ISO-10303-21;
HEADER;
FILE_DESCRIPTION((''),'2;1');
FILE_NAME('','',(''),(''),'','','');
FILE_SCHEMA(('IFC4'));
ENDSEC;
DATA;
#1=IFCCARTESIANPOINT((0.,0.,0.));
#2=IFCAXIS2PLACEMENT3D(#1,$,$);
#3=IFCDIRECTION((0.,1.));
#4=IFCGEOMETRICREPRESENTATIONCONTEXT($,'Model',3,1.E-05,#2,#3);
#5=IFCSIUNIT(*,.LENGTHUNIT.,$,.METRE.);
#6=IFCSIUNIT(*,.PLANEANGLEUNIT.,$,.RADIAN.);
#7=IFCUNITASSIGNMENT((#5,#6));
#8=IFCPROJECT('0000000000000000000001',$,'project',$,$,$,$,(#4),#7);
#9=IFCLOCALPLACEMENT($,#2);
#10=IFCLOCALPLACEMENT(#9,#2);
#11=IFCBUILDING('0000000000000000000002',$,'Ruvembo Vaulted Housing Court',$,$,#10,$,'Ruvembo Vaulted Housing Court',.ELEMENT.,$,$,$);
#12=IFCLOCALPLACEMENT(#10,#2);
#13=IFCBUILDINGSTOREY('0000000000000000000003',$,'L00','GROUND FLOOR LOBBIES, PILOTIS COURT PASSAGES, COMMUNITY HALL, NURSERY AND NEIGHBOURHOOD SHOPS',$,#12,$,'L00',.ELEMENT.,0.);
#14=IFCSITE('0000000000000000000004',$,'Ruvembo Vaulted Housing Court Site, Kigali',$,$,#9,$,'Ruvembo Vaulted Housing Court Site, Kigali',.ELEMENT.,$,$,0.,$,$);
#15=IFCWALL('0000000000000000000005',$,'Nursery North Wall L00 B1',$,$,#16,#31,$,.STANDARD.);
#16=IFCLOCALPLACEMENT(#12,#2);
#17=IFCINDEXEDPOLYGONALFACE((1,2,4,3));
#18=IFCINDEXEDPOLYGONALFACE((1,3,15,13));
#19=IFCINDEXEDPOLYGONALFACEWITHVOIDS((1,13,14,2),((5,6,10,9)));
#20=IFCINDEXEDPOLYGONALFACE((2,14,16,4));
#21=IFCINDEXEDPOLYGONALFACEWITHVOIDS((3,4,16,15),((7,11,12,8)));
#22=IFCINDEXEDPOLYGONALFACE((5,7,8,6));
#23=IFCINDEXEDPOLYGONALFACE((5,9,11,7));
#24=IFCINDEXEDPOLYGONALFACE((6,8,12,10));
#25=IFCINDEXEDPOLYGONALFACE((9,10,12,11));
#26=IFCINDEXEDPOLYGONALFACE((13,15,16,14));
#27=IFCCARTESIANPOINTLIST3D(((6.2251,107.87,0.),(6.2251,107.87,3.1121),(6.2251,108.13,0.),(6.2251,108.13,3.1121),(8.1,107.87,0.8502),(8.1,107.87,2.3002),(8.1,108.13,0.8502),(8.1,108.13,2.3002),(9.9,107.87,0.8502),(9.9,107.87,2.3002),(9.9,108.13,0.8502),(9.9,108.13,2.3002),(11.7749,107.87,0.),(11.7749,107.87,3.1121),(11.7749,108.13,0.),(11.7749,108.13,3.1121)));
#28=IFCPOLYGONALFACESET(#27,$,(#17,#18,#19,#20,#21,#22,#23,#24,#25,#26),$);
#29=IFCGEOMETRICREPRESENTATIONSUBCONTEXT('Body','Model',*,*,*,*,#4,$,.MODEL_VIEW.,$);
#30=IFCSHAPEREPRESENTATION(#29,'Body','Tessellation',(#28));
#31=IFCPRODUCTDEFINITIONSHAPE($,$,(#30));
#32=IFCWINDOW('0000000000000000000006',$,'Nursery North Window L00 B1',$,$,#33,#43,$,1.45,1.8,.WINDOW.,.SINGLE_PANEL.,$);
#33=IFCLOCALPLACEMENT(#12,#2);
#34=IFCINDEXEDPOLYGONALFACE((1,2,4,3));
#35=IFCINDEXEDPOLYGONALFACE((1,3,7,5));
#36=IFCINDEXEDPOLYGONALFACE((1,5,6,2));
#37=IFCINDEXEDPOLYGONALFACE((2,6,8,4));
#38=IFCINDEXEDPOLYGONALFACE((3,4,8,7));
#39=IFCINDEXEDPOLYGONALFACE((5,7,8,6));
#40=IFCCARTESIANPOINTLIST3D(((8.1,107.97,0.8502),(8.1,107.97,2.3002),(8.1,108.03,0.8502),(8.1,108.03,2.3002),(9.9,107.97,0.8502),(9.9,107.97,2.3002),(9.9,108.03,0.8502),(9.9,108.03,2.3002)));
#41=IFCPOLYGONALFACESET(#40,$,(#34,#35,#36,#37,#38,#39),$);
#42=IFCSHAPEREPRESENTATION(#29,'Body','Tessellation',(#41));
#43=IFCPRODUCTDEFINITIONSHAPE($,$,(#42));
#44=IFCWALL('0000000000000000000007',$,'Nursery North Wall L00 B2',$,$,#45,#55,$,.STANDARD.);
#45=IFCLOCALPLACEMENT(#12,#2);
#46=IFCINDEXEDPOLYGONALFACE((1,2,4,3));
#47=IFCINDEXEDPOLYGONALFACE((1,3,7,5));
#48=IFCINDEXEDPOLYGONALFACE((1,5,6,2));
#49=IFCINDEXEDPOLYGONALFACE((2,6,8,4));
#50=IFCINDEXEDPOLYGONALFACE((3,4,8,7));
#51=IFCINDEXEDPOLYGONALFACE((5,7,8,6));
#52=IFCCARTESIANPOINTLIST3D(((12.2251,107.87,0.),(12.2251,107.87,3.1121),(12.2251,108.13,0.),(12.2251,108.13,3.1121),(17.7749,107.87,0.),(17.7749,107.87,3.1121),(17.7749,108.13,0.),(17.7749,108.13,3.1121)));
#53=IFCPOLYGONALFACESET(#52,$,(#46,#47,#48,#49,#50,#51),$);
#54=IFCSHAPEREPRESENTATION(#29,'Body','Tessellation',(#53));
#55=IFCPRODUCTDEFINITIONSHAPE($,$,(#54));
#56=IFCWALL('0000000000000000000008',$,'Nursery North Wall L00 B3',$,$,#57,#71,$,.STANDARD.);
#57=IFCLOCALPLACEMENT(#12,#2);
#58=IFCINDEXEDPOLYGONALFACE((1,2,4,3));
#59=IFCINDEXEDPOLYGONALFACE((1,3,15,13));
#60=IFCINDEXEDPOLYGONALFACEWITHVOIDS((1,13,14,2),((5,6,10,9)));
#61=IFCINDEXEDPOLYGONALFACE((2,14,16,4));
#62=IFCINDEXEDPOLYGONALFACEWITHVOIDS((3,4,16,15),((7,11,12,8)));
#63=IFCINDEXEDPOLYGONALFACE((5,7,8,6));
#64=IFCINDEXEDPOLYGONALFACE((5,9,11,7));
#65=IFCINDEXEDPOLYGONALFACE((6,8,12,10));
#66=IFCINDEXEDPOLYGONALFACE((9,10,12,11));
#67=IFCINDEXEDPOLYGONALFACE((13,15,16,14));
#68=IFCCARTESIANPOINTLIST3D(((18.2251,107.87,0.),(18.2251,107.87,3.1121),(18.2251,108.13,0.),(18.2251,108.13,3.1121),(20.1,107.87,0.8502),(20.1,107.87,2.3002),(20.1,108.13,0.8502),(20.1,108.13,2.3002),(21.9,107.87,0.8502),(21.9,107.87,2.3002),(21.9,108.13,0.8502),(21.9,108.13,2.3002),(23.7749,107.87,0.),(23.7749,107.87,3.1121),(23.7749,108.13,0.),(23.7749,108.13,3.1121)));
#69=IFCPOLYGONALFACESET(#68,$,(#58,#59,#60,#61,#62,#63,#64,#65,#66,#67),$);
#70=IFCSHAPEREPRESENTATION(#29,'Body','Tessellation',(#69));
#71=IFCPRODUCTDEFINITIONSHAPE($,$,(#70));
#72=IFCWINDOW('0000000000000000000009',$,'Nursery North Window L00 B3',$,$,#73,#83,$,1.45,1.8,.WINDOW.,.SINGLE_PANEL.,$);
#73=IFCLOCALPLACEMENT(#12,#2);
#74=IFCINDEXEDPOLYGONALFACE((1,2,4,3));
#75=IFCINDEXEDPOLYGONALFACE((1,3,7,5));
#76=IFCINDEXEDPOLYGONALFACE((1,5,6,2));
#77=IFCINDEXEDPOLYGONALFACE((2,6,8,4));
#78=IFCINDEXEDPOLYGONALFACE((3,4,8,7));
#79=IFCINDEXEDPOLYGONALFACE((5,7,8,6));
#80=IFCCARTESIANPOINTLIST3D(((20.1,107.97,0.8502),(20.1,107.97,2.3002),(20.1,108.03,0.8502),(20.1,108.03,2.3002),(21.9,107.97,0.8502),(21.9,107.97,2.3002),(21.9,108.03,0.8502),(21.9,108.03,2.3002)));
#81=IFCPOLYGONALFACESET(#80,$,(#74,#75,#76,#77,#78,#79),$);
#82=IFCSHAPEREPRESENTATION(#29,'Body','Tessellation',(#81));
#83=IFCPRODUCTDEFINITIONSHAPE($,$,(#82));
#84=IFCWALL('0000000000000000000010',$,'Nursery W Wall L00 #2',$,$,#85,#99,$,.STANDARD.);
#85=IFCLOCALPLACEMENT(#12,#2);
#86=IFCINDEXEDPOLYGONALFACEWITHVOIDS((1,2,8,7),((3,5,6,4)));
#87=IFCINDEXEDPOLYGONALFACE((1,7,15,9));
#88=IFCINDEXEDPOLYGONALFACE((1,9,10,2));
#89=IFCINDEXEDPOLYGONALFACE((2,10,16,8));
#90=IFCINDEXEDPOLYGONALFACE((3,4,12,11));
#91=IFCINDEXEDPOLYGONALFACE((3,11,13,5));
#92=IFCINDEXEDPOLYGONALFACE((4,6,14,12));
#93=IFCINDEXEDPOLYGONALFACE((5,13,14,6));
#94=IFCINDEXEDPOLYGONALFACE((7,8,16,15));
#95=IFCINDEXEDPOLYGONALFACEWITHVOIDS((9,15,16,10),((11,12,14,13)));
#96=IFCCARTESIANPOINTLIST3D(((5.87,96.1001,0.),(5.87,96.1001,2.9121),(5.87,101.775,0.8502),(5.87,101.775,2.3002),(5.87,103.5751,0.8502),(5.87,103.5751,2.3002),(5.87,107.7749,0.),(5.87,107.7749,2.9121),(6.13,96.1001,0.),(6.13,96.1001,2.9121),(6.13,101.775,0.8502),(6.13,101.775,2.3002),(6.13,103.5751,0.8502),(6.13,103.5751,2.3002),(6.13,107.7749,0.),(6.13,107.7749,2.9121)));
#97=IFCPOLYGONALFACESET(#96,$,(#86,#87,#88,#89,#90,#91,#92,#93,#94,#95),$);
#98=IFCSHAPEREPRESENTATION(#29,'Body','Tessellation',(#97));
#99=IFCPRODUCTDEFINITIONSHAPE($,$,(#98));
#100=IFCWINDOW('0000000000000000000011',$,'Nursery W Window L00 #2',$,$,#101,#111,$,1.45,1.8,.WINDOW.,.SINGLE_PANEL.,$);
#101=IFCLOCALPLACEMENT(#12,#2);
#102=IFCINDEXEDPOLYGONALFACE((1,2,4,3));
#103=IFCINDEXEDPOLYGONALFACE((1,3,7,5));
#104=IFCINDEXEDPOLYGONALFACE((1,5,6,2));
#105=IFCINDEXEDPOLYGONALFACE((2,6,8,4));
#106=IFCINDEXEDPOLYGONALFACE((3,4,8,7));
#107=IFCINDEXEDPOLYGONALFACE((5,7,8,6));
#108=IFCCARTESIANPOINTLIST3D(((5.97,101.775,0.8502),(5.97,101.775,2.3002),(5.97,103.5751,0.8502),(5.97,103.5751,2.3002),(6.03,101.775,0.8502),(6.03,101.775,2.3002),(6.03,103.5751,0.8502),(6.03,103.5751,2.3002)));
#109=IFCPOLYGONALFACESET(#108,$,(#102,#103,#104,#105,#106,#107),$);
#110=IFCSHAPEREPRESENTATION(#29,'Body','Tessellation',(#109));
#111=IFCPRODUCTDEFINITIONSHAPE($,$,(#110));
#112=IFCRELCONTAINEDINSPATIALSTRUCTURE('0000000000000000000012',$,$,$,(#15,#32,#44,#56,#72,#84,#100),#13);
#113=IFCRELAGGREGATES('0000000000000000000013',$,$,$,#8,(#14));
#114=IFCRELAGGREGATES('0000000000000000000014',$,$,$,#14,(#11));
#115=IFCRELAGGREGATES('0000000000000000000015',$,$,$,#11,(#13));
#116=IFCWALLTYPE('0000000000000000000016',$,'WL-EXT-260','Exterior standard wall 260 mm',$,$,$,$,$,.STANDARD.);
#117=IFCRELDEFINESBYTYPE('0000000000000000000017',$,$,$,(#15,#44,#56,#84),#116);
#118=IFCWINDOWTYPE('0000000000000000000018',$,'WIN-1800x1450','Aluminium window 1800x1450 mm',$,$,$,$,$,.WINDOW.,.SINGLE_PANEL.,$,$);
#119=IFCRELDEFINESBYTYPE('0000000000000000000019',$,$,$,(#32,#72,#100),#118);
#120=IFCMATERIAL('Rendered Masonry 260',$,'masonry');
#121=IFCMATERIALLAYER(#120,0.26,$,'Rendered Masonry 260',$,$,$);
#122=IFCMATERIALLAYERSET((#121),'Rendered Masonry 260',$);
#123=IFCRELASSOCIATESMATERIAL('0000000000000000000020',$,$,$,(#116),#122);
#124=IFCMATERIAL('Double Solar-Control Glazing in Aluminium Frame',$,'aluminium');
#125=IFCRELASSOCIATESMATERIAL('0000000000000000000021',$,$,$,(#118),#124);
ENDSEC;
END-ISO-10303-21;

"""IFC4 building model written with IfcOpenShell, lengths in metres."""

from ifc_helpers import new_model, si_unit, direction, frame, frame_2d, origin, place, context, subcontext, project, spatial, rectangle, extrude, material, layer, layer_set, type_object, element, fill, save


model = new_model("IFC4")

# Units and contexts
model_context = context("Model", 3, precision=1e-05, world=origin(), true_north=direction((0.0, 1.0)))
body_context = subcontext(model_context, "Body", "Model", "MODEL_VIEW")
ifc_project = project(units=[si_unit("LENGTHUNIT", "METRE"), si_unit("PLANEANGLEUNIT", "RADIAN")], contexts=[model_context])

# Site, building, storey
site_placement = place(None, origin())
site = spatial("IfcSite", under=ifc_project, at=site_placement, Name="Ruvembo Vaulted Housing Court Site, Kigali", LongName="Ruvembo Vaulted Housing Court Site, Kigali", CompositionType="ELEMENT", RefElevation=0.0)
building_placement = place(site_placement, origin())
building = spatial("IfcBuilding", under=site, at=building_placement, Name="Ruvembo Vaulted Housing Court", LongName="Ruvembo Vaulted Housing Court", CompositionType="ELEMENT")
storey_placement = place(building_placement, origin())
storey = spatial("IfcBuildingStorey", under=building, at=storey_placement, Name="L00", Description="GROUND FLOOR LOBBIES, PILOTIS COURT PASSAGES, COMMUNITY HALL, NURSERY AND NEIGHBOURHOOD SHOPS", LongName="L00", CompositionType="ELEMENT", Elevation=0.0)

# Wall, opening, window
ifc_material_1 = material(Name="Rendered Masonry 260", Category="masonry")
ifc_layer_1 = layer(ifc_material_1, 0.26, Name="Rendered Masonry 260")
ifc_layer_set_1 = layer_set([ifc_layer_1], Name="Rendered Masonry 260")
wall_type_1 = type_object("IfcWallType", Name="WL-EXT-260", Description="Exterior standard wall 260 mm", PredefinedType="STANDARD", material=ifc_layer_set_1)
wall_1_placement = place(storey_placement, frame((11.7749, 108.0, 0.0), z_axis=(0.0, 0.0, 1.0), x_axis=(-1.0, 0.0, 0.0)))
wall_1 = element("IfcWall", 1, at=wall_1_placement, inside=storey, type_object=wall_type_1, Name="Nursery North Wall L00 B1", PredefinedType="STANDARD", context=body_context, shape_type="SweptSolid", body=[
    extrude(rectangle(XDim=5.5498, YDim=0.26, at=frame_2d((2.7749, 0.0))), origin(), (0.0, 0.0, 1.0), 3.1121),
])
opening_1_placement = place(wall_1_placement, frame((1.875, 0.0, 0.8501)))
opening_1 = element("IfcOpeningElement", 2, at=opening_1_placement, cuts=wall_1, PredefinedType="OPENING", context=body_context, shape_type="SweptSolid", body=[
    extrude(rectangle(XDim=1.8, YDim=1.45, at=frame_2d((0.8999, 0.7251))), frame((0.0, 0.1399, 0.0), z_axis=(0.0, -1.0, 0.0), x_axis=(1.0, 0.0, 0.0)), (0.0, 0.0, 1.0), 0.28),
])
ifc_material_2 = material(Name="Double Solar-Control Glazing in Aluminium Frame", Category="aluminium")
window_type = type_object("IfcWindowType", Name="WIN-1800x1450", Description="Aluminium window 1800x1450 mm", PartitioningType="SINGLE_PANEL", PredefinedType="WINDOW", material=ifc_material_2)
window_1_placement = place(opening_1_placement, origin())
window_1 = element("IfcWindow", 3, at=window_1_placement, inside=storey, type_object=window_type, Name="Nursery North Window L00 B1", OverallHeight=1.45, OverallWidth=1.8, PartitioningType="SINGLE_PANEL", PredefinedType="WINDOW", context=body_context, shape_type="SweptSolid", body=[
    extrude(rectangle(XDim=1.8, YDim=1.45, at=frame_2d((0.8999, 0.7251))), frame((0.0, 0.03, 0.0), z_axis=(0.0, -1.0, 0.0), x_axis=(1.0, 0.0, 0.0)), (0.0, 0.0, 1.0), 0.0601),
])
fill(opening_1, window_1)

# Wall
wall_2_placement = place(storey_placement, frame((17.7749, 108.0, 0.0), z_axis=(0.0, 0.0, 1.0), x_axis=(-1.0, 0.0, 0.0)))
element("IfcWall", 4, at=wall_2_placement, inside=storey, type_object=wall_type_1, Name="Nursery North Wall L00 B2", PredefinedType="STANDARD", context=body_context, shape_type="SweptSolid", body=[
    extrude(rectangle(XDim=5.5498, YDim=0.26, at=frame_2d((2.7749, 0.0))), origin(), (0.0, 0.0, 1.0), 3.1121),
])

# Walls, openings, windows
wall_3_placement = place(storey_placement, frame((23.7749, 108.0, 0.0), z_axis=(0.0, 0.0, 1.0), x_axis=(-1.0, 0.0, 0.0)))
wall_3 = element("IfcWall", 5, at=wall_3_placement, inside=storey, type_object=wall_type_1, Name="Nursery North Wall L00 B3", PredefinedType="STANDARD", context=body_context, shape_type="SweptSolid", body=[
    extrude(rectangle(XDim=5.5498, YDim=0.26, at=frame_2d((2.7749, 0.0))), origin(), (0.0, 0.0, 1.0), 3.1121),
])
opening_2_placement = place(wall_3_placement, frame((1.875, 0.0, 0.8501)))
opening_2 = element("IfcOpeningElement", 6, at=opening_2_placement, cuts=wall_3, PredefinedType="OPENING", context=body_context, shape_type="SweptSolid", body=[
    extrude(rectangle(XDim=1.8, YDim=1.45, at=frame_2d((0.8999, 0.7251))), frame((0.0, 0.1399, 0.0), z_axis=(0.0, -1.0, 0.0), x_axis=(1.0, 0.0, 0.0)), (0.0, 0.0, 1.0), 0.28),
])
window_2_placement = place(opening_2_placement, origin())
window_2 = element("IfcWindow", 7, at=window_2_placement, inside=storey, type_object=window_type, Name="Nursery North Window L00 B3", OverallHeight=1.45, OverallWidth=1.8, PartitioningType="SINGLE_PANEL", PredefinedType="WINDOW", context=body_context, shape_type="SweptSolid", body=[
    extrude(rectangle(XDim=1.8, YDim=1.45, at=frame_2d((0.8999, 0.7251))), frame((0.0, 0.03, 0.0), z_axis=(0.0, -1.0, 0.0), x_axis=(1.0, 0.0, 0.0)), (0.0, 0.0, 1.0), 0.0601),
])
fill(opening_2, window_2)
wall_4_placement = place(storey_placement, frame((6.0, 107.7749, 0.0), z_axis=(0.0, 0.0, 1.0), x_axis=(0.0, -1.0, 0.0)))
wall_4 = element("IfcWall", 8, at=wall_4_placement, inside=storey, type_object=wall_type_1, Name="Nursery W Wall L00 #2", PredefinedType="STANDARD", context=body_context, shape_type="SweptSolid", body=[
    extrude(rectangle(XDim=11.6748, YDim=0.26, at=frame_2d((5.8374, 0.0))), origin(), (0.0, 0.0, 1.0), 2.9121),
])
opening_3_placement = place(wall_4_placement, frame((4.2, 0.0, 0.8501)))
opening_3 = element("IfcOpeningElement", 9, at=opening_3_placement, cuts=wall_4, PredefinedType="OPENING", context=body_context, shape_type="SweptSolid", body=[
    extrude(rectangle(XDim=1.8, YDim=1.45, at=frame_2d((0.8999, 0.7251))), frame((0.0, 0.1399, 0.0), z_axis=(0.0, -1.0, 0.0), x_axis=(1.0, 0.0, 0.0)), (0.0, 0.0, 1.0), 0.28),
])
window_3_placement = place(opening_3_placement, origin())
window_3 = element("IfcWindow", 10, at=window_3_placement, inside=storey, type_object=window_type, Name="Nursery W Window L00 #2", OverallHeight=1.45, OverallWidth=1.8, PartitioningType="SINGLE_PANEL", PredefinedType="WINDOW", context=body_context, shape_type="SweptSolid", body=[
    extrude(rectangle(XDim=1.8, YDim=1.45, at=frame_2d((0.8999, 0.7251))), frame((0.0, 0.03, 0.0), z_axis=(0.0, -1.0, 0.0), x_axis=(1.0, 0.0, 0.0)), (0.0, 0.0, 1.0), 0.0601),
])
fill(opening_3, window_3)

save(model, "model.ifc")
